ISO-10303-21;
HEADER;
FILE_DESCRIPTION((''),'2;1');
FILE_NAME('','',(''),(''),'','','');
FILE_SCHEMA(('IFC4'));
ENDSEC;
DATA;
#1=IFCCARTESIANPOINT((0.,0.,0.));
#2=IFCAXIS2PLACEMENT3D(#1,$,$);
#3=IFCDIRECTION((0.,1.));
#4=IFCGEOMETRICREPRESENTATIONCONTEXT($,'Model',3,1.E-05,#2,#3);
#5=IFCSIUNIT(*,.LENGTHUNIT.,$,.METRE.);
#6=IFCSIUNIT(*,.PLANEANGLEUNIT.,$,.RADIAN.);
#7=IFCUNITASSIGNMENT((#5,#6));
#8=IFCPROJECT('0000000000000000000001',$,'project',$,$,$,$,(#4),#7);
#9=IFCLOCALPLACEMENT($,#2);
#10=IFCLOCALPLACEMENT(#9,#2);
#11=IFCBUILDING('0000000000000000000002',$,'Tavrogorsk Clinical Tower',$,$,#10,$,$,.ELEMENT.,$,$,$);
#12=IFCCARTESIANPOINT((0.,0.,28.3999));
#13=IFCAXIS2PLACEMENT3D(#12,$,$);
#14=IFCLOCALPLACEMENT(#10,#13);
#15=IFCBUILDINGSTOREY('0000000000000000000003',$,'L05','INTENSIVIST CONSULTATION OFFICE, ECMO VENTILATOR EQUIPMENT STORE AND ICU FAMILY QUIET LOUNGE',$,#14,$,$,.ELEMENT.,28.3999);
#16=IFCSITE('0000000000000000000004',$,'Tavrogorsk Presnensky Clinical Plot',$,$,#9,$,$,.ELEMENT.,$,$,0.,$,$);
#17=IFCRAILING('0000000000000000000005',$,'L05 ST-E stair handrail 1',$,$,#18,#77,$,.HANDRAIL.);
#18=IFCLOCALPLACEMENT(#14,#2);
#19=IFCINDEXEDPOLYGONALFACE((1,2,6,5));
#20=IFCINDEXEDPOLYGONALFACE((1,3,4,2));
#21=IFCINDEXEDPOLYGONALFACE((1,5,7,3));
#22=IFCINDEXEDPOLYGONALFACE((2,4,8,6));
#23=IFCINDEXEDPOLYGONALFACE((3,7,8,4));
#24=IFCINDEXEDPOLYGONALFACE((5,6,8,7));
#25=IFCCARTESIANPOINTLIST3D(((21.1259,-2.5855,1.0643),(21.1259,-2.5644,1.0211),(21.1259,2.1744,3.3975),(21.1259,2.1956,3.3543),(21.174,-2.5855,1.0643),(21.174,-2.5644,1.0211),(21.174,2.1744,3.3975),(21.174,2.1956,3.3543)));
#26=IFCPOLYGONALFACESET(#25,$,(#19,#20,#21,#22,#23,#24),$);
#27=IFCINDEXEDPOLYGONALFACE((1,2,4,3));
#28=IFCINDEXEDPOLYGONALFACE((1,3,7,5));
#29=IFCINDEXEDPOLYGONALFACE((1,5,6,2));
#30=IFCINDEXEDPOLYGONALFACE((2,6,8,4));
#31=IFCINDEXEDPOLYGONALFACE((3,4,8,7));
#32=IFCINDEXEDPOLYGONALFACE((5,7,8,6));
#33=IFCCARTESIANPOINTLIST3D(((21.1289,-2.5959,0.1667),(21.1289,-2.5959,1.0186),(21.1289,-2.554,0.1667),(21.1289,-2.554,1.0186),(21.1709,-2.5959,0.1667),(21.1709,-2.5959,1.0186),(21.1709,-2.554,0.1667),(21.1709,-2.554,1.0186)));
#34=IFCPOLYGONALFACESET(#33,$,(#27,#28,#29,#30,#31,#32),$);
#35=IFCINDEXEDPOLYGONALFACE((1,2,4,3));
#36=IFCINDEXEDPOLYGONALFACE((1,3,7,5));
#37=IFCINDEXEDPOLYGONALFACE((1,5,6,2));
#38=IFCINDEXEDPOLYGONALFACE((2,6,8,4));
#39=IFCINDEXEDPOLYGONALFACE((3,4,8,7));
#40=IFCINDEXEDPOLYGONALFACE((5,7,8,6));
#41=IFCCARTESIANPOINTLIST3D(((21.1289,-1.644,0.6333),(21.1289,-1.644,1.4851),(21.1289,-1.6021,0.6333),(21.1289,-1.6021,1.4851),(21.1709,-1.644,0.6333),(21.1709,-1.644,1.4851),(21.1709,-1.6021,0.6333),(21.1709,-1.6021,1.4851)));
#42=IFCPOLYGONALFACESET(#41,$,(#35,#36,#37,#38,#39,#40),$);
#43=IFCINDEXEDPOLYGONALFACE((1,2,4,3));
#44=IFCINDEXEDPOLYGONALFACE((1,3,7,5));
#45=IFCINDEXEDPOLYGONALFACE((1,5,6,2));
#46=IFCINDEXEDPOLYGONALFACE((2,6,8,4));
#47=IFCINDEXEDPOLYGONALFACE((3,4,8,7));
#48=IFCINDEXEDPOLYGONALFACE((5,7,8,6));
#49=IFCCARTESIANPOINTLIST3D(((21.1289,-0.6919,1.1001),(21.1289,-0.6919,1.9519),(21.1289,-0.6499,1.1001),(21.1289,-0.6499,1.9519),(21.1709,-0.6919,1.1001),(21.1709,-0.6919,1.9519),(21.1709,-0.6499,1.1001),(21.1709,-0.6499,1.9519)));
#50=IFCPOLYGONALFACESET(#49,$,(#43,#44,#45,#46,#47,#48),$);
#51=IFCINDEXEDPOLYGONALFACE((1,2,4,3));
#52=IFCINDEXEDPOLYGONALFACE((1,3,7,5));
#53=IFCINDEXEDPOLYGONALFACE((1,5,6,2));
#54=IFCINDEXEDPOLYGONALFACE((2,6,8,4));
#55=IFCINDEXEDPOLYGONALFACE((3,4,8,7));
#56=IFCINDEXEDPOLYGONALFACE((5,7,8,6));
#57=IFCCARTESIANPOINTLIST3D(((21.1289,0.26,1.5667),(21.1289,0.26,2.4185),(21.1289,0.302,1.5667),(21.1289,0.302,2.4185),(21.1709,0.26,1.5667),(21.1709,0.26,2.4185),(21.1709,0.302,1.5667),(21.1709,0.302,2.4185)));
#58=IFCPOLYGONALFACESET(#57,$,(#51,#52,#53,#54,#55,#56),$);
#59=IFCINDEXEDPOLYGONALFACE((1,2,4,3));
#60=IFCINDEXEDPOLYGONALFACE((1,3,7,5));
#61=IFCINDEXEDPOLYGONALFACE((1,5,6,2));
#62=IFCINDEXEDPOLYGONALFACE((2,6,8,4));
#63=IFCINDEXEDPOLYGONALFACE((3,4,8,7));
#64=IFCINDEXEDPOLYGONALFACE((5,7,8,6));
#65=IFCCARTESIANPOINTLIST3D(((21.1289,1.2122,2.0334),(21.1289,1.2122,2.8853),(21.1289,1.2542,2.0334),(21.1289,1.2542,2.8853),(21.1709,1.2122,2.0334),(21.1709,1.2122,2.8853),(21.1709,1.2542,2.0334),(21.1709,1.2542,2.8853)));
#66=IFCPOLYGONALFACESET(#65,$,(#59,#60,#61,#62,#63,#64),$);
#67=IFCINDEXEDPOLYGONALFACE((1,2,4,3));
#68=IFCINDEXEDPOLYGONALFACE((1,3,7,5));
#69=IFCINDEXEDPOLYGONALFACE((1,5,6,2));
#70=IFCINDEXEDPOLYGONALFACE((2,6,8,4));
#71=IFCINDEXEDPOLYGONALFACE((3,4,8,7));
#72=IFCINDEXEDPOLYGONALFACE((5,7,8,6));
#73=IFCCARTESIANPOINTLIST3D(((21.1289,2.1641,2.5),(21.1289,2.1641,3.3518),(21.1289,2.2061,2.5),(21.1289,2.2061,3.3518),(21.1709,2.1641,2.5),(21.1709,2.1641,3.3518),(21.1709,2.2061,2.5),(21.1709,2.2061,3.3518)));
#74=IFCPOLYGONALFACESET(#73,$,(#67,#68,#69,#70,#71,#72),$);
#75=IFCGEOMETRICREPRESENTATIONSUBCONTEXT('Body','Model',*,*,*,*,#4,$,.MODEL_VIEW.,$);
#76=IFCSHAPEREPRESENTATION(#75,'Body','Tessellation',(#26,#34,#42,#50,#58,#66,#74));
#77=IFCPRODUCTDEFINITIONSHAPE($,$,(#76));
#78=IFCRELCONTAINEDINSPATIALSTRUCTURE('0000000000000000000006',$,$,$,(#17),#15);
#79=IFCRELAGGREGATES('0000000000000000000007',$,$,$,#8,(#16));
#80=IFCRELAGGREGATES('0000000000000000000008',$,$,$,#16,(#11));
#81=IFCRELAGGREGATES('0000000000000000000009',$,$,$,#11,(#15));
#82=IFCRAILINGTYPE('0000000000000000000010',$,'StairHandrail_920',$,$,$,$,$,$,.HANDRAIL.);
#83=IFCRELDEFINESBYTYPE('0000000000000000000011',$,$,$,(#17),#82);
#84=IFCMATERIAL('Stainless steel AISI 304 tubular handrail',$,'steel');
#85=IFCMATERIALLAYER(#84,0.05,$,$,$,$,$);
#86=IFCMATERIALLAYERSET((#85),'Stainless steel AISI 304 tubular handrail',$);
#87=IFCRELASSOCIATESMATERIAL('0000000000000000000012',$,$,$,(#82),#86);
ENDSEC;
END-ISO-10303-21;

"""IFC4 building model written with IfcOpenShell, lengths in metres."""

from ifc_helpers import new_model, si_unit, direction, frame, origin, origin_2d, place, context, subcontext, project, spatial, rectangle, extrude, material, layer, layer_set, type_object, element, save


model = new_model("IFC4")

# Units and contexts
model_context = context("Model", 3, precision=1e-05, world=origin(), true_north=direction((0.0, 1.0)))
body_context = subcontext(model_context, "Body", "Model", "MODEL_VIEW")
ifc_project = project(units=[si_unit("LENGTHUNIT", "METRE"), si_unit("PLANEANGLEUNIT", "RADIAN")], contexts=[model_context])

# Site, building, storey
site_placement = place(None, origin())
site = spatial("IfcSite", under=ifc_project, at=site_placement, Name="Tavrogorsk Presnensky Clinical Plot", CompositionType="ELEMENT", RefElevation=0.0)
building_placement = place(site_placement, origin())
building = spatial("IfcBuilding", under=site, at=building_placement, Name="Tavrogorsk Clinical Tower", CompositionType="ELEMENT")
storey_placement = place(building_placement, frame((0.0, 0.0, 28.3999)))
storey = spatial("IfcBuildingStorey", under=building, at=storey_placement, Name="L05", Description="INTENSIVIST CONSULTATION OFFICE, ECMO VENTILATOR EQUIPMENT STORE AND ICU FAMILY QUIET LOUNGE", CompositionType="ELEMENT", Elevation=28.3999)

# Railing
ifc_material_1 = material(Name="Stainless steel AISI 304 tubular handrail", Category="steel")
ifc_layer_1 = layer(ifc_material_1, 0.05)
ifc_layer_set_1 = layer_set([ifc_layer_1], Name="Stainless steel AISI 304 tubular handrail")
railing_type_1 = type_object("IfcRailingType", Name="StairHandrail_920", PredefinedType="HANDRAIL", material=ifc_layer_set_1)
railing_1_placement = place(storey_placement, frame((21.1499, -2.575, 0.1667)))
element("IfcRailing", 1, at=railing_1_placement, inside=storey, type_object=railing_type_1, Name="L05 ST-E stair handrail 1", PredefinedType="HANDRAIL", context=body_context, shape_type="SweptSolid", body=[
    extrude(rectangle(XDim=0.0481, YDim=0.0481, at=origin_2d()), frame((0.0, 0.0, 0.876), z_axis=(0.0, 0.897927, 0.440144), x_axis=(-1.0, 0.0, 0.0)), (0.0, 0.0, 1.0), 5.301),
    extrude(rectangle(XDim=0.042, YDim=0.042, at=origin_2d()), origin(), (0.0, 0.0, 1.0), 0.8518),
    extrude(rectangle(XDim=0.042, YDim=0.042, at=origin_2d()), frame((0.0, 0.9519, 0.4666)), (0.0, 0.0, 1.0), 0.8518),
    extrude(rectangle(XDim=0.042, YDim=0.042, at=origin_2d()), frame((0.0, 1.9041, 0.9333)), (0.0, 0.0, 1.0), 0.8518),
    extrude(rectangle(XDim=0.042, YDim=0.042, at=origin_2d()), frame((0.0, 2.856, 1.3999)), (0.0, 0.0, 1.0), 0.8518),
    extrude(rectangle(XDim=0.042, YDim=0.042, at=origin_2d()), frame((0.0, 3.8081, 1.8667)), (0.0, 0.0, 1.0), 0.8518),
    extrude(rectangle(XDim=0.042, YDim=0.042, at=origin_2d()), frame((0.0, 4.76, 2.3333)), (0.0, 0.0, 1.0), 0.8518),
])

save(model, "model.ifc")
